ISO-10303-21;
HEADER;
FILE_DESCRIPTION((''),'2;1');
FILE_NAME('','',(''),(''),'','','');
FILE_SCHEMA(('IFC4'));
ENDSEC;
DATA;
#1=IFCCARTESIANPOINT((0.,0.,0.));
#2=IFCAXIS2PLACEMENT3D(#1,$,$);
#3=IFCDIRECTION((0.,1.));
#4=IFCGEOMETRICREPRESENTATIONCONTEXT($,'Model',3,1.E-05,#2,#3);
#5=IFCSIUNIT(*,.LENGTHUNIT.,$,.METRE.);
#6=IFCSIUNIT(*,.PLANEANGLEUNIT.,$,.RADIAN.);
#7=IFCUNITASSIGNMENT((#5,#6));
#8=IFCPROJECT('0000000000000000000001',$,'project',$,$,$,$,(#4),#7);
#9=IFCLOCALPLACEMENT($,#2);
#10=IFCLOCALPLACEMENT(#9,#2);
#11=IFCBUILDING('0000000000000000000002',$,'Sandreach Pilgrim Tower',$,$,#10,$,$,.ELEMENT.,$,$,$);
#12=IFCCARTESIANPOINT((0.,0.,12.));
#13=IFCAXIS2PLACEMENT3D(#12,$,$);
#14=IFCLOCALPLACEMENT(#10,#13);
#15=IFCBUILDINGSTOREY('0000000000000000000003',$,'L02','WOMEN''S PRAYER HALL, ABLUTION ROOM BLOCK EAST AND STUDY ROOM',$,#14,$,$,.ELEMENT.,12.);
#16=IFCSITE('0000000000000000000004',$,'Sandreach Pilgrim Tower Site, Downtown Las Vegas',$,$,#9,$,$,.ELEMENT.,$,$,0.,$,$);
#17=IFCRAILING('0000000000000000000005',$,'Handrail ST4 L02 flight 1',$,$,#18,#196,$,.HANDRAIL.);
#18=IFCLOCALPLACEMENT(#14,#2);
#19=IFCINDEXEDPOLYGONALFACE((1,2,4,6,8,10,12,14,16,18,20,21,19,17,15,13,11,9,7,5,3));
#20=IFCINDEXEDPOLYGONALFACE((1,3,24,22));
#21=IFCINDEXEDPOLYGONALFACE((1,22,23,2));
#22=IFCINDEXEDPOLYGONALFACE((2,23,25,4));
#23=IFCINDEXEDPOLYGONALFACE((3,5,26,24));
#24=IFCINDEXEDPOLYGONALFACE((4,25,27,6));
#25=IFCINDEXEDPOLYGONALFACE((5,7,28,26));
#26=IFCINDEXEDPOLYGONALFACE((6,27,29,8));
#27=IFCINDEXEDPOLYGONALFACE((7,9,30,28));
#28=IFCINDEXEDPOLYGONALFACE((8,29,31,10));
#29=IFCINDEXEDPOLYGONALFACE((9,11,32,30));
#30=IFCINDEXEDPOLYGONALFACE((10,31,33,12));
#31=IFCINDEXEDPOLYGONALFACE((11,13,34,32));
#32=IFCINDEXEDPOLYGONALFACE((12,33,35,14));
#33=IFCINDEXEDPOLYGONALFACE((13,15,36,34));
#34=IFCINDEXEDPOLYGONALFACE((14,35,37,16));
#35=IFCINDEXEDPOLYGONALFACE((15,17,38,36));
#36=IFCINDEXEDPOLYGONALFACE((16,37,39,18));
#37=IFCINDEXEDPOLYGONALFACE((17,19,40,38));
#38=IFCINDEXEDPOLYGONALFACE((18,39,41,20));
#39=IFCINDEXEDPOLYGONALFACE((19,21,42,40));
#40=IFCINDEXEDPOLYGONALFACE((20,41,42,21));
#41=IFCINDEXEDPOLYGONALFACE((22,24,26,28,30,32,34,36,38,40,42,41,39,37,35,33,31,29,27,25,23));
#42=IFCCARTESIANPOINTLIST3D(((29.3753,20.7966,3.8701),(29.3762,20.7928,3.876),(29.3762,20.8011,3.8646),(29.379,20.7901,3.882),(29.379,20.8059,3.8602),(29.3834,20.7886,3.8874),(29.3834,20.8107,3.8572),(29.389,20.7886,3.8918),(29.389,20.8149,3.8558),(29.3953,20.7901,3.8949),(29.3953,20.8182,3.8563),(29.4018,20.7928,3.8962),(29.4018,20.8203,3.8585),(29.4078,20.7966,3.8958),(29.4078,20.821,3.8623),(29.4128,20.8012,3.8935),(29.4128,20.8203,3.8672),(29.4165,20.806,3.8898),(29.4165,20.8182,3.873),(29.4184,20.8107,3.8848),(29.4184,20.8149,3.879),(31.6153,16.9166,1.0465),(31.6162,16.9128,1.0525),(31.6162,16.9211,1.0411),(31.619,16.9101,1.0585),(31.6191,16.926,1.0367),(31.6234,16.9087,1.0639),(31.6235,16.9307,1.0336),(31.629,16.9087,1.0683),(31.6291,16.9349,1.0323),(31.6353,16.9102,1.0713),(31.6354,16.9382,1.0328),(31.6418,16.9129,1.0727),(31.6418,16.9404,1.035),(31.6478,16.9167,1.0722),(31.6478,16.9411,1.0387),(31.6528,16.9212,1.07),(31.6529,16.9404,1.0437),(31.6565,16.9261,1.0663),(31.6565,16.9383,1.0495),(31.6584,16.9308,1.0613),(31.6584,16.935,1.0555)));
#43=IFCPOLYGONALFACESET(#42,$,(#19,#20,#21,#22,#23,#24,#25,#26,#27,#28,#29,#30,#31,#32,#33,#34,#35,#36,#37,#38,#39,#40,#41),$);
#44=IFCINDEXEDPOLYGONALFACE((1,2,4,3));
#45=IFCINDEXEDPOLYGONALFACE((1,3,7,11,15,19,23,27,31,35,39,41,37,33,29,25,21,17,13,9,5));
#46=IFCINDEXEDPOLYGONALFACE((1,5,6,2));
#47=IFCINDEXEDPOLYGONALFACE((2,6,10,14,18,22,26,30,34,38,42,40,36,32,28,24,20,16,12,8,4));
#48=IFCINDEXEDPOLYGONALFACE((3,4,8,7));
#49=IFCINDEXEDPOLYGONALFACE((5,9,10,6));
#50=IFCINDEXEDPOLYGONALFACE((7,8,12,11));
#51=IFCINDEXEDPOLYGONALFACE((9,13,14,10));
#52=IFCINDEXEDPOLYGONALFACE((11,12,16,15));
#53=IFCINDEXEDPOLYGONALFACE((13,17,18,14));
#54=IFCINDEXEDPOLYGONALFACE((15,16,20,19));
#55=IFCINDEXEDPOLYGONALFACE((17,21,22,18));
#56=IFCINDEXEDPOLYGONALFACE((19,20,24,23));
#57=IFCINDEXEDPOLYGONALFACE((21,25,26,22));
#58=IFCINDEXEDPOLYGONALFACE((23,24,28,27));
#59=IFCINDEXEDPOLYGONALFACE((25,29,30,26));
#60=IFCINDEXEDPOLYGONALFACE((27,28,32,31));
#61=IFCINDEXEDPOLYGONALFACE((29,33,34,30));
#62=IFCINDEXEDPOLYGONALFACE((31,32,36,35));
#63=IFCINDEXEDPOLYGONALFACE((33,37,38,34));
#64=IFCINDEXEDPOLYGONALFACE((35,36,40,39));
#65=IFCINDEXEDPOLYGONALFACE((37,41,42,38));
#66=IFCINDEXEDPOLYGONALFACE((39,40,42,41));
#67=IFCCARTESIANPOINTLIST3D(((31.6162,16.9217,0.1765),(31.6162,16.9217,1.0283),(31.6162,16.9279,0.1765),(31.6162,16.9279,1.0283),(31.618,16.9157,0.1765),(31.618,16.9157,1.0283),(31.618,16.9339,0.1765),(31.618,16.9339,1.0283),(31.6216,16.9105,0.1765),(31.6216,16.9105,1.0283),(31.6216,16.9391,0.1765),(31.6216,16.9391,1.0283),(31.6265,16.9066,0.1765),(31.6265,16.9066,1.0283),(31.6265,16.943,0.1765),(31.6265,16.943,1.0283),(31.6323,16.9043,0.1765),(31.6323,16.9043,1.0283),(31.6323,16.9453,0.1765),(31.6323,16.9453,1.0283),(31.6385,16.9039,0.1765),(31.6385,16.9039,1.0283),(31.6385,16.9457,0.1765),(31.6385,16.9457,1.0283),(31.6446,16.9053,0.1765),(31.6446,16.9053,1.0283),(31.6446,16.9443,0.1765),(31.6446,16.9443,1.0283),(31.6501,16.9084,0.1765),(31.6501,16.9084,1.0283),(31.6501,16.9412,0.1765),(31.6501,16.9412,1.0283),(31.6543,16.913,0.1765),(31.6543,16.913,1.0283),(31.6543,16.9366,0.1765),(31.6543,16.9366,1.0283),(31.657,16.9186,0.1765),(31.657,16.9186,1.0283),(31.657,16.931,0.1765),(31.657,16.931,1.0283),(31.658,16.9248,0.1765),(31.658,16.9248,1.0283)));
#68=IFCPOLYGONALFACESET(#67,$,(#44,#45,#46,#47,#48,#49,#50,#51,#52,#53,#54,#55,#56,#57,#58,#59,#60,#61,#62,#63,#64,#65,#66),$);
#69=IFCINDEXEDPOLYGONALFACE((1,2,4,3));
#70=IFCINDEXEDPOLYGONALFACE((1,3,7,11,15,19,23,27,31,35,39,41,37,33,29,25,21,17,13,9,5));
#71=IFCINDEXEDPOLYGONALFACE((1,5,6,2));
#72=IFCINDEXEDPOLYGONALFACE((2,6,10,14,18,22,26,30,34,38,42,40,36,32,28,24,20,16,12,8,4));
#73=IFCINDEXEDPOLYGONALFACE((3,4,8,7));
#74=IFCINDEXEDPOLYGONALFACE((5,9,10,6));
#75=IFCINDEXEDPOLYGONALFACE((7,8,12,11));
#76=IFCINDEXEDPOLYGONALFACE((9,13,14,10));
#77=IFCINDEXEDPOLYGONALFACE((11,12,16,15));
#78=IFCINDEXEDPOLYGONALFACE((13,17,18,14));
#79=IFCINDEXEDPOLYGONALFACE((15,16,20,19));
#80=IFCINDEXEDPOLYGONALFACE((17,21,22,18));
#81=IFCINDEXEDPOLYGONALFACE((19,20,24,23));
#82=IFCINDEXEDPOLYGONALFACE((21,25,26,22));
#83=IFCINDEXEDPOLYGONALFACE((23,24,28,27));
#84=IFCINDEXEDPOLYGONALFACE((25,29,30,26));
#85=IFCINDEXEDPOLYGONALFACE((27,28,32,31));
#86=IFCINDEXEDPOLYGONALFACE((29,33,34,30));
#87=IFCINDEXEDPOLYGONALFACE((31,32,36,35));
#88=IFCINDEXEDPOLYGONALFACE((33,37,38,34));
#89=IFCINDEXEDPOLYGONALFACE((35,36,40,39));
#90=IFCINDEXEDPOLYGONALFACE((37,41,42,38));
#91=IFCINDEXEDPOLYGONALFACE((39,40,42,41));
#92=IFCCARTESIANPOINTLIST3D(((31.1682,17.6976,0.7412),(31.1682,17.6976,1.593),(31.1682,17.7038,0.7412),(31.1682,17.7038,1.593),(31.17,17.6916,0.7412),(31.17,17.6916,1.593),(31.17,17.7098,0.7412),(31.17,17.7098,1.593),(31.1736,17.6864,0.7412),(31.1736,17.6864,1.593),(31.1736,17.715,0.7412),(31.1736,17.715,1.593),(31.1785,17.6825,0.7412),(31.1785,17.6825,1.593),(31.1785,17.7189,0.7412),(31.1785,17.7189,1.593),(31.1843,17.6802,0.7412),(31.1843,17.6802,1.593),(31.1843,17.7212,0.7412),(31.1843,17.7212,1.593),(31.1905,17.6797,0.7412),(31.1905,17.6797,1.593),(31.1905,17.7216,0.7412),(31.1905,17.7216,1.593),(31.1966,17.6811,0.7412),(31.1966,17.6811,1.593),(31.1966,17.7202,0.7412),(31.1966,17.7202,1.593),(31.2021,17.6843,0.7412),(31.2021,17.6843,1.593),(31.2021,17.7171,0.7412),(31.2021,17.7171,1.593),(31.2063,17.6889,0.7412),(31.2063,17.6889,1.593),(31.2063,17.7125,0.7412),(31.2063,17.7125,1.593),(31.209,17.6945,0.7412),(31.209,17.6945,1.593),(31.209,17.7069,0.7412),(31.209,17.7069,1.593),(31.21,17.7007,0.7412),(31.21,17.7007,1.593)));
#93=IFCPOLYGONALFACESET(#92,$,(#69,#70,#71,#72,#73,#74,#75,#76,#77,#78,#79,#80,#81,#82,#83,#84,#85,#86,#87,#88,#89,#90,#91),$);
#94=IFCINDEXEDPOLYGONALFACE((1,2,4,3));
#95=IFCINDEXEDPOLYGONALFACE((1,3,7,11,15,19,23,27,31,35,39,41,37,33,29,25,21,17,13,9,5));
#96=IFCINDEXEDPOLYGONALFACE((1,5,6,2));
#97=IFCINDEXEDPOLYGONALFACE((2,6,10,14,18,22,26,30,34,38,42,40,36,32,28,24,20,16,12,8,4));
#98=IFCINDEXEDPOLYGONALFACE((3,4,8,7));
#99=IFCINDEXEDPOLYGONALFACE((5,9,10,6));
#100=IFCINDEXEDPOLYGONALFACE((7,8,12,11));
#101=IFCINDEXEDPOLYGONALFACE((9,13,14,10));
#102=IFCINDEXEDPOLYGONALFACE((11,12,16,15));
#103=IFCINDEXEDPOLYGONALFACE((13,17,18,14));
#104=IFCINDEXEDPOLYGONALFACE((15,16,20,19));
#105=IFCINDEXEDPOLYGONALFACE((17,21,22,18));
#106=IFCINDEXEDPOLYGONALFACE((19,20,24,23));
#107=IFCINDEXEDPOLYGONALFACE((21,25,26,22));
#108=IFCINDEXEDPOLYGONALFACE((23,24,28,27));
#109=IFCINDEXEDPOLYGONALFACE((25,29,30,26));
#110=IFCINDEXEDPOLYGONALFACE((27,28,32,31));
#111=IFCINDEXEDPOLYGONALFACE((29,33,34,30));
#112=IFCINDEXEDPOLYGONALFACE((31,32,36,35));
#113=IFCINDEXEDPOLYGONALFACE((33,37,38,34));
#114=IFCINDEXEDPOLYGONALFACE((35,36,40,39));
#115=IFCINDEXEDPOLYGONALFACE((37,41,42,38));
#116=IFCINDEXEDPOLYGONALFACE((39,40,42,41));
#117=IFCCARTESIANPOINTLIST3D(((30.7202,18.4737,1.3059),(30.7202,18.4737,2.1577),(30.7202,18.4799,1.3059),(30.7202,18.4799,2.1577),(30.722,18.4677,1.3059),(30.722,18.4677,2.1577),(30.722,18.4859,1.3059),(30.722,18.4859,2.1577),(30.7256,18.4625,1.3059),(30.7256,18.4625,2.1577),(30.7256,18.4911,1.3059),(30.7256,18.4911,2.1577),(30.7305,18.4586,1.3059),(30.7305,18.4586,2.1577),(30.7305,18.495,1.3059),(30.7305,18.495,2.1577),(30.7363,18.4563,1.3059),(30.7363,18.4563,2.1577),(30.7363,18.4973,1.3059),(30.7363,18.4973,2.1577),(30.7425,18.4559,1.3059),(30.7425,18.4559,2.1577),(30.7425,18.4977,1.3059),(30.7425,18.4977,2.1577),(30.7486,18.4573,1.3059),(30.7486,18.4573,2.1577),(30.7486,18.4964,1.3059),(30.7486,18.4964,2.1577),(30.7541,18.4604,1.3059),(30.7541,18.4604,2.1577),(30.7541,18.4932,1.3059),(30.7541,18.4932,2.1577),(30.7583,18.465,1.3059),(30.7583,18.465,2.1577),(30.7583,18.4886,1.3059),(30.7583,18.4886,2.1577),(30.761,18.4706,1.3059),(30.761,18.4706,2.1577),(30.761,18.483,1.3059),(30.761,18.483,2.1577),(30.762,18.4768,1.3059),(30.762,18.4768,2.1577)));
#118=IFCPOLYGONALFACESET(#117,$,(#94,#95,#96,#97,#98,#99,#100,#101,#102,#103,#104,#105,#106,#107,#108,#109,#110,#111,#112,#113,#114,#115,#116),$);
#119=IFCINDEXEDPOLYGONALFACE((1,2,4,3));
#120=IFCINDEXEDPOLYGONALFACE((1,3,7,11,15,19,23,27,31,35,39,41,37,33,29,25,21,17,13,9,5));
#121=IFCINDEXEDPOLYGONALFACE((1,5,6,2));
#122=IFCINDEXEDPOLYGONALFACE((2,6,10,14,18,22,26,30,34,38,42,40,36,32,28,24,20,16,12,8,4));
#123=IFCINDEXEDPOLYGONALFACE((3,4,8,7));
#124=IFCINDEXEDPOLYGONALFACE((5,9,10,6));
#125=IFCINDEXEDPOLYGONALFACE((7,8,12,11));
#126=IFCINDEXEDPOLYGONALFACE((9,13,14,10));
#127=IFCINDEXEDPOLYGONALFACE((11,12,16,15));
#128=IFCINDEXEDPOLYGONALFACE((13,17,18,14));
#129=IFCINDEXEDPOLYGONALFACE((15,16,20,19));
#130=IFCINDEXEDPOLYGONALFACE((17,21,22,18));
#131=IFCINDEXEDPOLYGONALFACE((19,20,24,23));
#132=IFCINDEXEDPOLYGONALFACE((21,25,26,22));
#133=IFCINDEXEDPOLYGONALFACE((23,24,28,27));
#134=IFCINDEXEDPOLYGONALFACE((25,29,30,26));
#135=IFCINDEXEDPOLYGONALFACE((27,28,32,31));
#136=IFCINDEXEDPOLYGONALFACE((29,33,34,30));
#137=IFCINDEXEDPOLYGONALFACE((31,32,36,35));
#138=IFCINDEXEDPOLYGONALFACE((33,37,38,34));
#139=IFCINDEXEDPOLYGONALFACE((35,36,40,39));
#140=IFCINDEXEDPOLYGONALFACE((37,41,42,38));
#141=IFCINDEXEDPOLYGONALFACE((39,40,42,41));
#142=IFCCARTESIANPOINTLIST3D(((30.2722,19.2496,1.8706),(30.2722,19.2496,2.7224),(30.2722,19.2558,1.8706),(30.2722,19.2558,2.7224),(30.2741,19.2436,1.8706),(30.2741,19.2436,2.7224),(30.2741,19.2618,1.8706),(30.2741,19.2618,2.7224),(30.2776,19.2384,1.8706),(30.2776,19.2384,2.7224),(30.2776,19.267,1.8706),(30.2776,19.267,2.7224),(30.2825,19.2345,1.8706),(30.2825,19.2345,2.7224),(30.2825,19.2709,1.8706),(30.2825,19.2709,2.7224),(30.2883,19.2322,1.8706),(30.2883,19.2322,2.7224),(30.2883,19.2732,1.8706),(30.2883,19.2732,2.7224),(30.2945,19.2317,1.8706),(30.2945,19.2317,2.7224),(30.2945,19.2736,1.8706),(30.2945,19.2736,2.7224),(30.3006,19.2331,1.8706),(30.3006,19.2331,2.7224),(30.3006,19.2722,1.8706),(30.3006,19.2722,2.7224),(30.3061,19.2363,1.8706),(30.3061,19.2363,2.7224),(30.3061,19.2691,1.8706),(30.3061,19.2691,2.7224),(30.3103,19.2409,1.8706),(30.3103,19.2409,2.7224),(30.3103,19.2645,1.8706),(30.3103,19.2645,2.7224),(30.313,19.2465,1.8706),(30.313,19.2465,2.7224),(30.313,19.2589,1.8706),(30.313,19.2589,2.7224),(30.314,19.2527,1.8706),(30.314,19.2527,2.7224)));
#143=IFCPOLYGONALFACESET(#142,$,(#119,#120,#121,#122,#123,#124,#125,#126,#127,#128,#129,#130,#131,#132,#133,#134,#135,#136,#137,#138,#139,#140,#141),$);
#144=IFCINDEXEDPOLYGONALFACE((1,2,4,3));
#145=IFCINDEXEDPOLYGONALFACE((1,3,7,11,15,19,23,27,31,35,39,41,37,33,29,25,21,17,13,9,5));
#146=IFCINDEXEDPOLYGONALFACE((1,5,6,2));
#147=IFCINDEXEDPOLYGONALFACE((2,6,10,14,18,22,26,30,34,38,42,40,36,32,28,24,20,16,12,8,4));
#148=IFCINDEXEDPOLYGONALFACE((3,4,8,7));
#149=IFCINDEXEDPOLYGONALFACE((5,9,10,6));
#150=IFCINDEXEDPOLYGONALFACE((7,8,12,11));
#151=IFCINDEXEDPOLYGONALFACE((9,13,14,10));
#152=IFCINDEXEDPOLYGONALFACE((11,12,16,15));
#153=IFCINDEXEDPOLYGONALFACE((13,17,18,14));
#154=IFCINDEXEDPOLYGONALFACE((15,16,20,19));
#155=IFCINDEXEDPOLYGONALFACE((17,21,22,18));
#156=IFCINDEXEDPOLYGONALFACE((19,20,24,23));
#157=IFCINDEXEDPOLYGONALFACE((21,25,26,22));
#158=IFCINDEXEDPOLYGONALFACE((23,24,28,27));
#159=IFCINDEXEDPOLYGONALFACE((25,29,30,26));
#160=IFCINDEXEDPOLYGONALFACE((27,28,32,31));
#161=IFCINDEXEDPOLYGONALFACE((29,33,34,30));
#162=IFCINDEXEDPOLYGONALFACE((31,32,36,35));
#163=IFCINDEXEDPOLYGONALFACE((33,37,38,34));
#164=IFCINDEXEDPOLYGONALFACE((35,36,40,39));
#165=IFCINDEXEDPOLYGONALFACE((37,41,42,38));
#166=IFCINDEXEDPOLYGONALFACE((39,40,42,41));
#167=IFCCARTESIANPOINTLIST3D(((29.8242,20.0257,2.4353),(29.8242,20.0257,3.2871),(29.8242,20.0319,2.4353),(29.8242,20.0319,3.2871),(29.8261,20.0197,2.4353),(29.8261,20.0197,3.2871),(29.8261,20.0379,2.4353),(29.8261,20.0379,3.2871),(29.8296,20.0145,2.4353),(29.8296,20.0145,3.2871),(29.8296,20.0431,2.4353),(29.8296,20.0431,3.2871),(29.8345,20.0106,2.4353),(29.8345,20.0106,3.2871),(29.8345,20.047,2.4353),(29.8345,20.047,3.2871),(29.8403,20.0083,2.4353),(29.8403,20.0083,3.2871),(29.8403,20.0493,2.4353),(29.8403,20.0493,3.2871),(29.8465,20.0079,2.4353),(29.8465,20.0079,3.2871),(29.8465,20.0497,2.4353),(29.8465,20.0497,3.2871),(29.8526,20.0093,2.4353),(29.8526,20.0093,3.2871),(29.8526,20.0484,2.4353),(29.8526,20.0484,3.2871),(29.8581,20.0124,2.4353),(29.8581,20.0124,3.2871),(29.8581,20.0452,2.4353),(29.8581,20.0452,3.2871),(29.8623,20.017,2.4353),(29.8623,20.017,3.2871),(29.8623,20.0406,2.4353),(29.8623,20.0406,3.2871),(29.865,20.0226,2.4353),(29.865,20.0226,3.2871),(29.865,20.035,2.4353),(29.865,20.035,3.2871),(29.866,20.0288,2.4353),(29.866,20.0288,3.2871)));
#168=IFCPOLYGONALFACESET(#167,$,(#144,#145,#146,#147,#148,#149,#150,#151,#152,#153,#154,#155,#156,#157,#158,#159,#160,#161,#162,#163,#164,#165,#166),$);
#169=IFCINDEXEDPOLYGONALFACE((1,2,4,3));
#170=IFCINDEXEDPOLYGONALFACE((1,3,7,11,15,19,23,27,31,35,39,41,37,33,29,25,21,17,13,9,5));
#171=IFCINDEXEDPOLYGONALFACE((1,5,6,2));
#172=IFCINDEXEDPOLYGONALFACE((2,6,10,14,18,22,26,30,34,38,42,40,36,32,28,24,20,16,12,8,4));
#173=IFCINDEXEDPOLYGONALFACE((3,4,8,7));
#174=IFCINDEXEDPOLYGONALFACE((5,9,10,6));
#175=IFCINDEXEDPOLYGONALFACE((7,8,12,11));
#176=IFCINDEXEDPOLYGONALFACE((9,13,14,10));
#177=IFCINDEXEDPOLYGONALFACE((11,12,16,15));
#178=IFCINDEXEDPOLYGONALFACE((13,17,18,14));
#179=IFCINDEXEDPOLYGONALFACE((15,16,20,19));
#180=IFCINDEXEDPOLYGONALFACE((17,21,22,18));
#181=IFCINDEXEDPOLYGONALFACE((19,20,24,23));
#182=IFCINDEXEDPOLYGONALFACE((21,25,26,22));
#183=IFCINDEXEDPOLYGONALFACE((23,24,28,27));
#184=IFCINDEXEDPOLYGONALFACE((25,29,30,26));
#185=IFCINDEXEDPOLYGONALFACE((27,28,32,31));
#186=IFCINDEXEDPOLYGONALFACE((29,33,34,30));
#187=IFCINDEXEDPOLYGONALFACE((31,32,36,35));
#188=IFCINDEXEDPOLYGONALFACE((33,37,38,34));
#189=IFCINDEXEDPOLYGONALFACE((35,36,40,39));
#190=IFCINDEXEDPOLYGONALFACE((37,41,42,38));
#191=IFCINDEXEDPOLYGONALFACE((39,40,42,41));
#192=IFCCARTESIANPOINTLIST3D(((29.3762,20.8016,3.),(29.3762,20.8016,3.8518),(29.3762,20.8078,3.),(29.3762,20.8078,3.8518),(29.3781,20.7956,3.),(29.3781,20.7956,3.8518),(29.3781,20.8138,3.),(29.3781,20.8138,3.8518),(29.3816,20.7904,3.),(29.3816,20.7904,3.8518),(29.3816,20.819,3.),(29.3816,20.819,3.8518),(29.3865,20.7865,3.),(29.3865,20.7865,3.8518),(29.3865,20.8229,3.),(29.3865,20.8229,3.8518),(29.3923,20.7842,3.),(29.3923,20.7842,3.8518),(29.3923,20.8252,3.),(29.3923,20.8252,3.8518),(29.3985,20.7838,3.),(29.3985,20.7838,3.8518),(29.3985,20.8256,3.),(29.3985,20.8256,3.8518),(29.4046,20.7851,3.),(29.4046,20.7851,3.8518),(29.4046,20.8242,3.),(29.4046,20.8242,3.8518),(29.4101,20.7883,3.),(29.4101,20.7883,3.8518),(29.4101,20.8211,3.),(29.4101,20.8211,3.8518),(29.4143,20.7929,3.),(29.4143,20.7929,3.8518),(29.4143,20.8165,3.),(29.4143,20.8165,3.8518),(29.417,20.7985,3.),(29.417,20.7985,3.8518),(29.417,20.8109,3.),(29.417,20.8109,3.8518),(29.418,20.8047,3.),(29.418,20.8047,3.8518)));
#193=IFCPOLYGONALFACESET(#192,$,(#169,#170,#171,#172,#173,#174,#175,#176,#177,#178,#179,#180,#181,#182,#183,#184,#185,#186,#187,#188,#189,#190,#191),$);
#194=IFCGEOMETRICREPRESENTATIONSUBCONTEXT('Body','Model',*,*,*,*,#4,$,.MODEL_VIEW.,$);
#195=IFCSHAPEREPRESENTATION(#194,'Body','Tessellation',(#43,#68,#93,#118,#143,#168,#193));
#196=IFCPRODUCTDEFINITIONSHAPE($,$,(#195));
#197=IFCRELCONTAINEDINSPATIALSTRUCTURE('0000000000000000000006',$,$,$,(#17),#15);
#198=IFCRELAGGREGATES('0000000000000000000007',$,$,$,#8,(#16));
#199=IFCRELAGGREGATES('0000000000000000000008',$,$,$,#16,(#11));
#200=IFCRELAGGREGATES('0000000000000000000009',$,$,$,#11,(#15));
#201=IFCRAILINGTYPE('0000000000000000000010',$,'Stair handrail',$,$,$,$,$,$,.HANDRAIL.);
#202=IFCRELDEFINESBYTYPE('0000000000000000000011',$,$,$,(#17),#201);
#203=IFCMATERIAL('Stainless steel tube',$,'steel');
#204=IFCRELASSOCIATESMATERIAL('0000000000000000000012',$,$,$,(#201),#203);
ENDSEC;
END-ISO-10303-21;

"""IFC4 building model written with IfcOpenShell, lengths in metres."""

from ifc_helpers import new_model, si_unit, direction, frame, origin, origin_2d, place, context, subcontext, project, spatial, circle, extrude, material, type_object, element, save


model = new_model("IFC4")

# Units and contexts
model_context = context("Model", 3, precision=1e-05, world=origin(), true_north=direction((0.0, 1.0)))
body_context = subcontext(model_context, "Body", "Model", "MODEL_VIEW")
ifc_project = project(units=[si_unit("LENGTHUNIT", "METRE"), si_unit("PLANEANGLEUNIT", "RADIAN")], contexts=[model_context])

# Site, building, storey
site_placement = place(None, origin())
site = spatial("IfcSite", under=ifc_project, at=site_placement, Name="Sandreach Pilgrim Tower Site, Downtown Las Vegas", CompositionType="ELEMENT", RefElevation=0.0)
building_placement = place(site_placement, origin())
building = spatial("IfcBuilding", under=site, at=building_placement, Name="Sandreach Pilgrim Tower", CompositionType="ELEMENT")
storey_placement = place(building_placement, frame((0.0, 0.0, 12.0)))
storey = spatial("IfcBuildingStorey", under=building, at=storey_placement, Name="L02", Description="WOMEN'S PRAYER HALL, ABLUTION ROOM BLOCK EAST AND STUDY ROOM", CompositionType="ELEMENT", Elevation=12.0)

# Railing
ifc_material_1 = material(Name="Stainless steel tube", Category="steel")
railing_type = type_object("IfcRailingType", Name="Stair handrail", PredefinedType="HANDRAIL", material=ifc_material_1)
for number, where, name in (
    (1, (31.637, 16.9248, 0.1765), "Handrail ST4 L02 flight 1"),
):
    element("IfcRailing", number, at=place(storey_placement, frame(where)), inside=storey, type_object=railing_type, Name=name, PredefinedType="HANDRAIL", context=body_context, shape_type="SweptSolid", body=[
        extrude(circle(Radius=0.0239, at=origin_2d()), frame((0.0, 0.0, 0.876), z_axis=(-0.422993, 0.732665, 0.533178), x_axis=(-0.866031, -0.49999, 0.0)), (0.0, 0.0, 1.0), 5.2957),
        extrude(circle(Radius=0.021, at=origin_2d()), origin(), (0.0, 0.0, 1.0), 0.8518),
        extrude(circle(Radius=0.021, at=origin_2d()), frame((-0.448, 0.7759, 0.5647)), (0.0, 0.0, 1.0), 0.8518),
        extrude(circle(Radius=0.021, at=origin_2d()), frame((-0.896, 1.552, 1.1294)), (0.0, 0.0, 1.0), 0.8518),
        extrude(circle(Radius=0.021, at=origin_2d()), frame((-1.344, 2.3279, 1.6941)), (0.0, 0.0, 1.0), 0.8518),
        extrude(circle(Radius=0.021, at=origin_2d()), frame((-1.792, 3.104, 2.2588)), (0.0, 0.0, 1.0), 0.8518),
        extrude(circle(Radius=0.021, at=origin_2d()), frame((-2.24, 3.8799, 2.8235)), (0.0, 0.0, 1.0), 0.8518),
    ])

save(model, "model.ifc")
